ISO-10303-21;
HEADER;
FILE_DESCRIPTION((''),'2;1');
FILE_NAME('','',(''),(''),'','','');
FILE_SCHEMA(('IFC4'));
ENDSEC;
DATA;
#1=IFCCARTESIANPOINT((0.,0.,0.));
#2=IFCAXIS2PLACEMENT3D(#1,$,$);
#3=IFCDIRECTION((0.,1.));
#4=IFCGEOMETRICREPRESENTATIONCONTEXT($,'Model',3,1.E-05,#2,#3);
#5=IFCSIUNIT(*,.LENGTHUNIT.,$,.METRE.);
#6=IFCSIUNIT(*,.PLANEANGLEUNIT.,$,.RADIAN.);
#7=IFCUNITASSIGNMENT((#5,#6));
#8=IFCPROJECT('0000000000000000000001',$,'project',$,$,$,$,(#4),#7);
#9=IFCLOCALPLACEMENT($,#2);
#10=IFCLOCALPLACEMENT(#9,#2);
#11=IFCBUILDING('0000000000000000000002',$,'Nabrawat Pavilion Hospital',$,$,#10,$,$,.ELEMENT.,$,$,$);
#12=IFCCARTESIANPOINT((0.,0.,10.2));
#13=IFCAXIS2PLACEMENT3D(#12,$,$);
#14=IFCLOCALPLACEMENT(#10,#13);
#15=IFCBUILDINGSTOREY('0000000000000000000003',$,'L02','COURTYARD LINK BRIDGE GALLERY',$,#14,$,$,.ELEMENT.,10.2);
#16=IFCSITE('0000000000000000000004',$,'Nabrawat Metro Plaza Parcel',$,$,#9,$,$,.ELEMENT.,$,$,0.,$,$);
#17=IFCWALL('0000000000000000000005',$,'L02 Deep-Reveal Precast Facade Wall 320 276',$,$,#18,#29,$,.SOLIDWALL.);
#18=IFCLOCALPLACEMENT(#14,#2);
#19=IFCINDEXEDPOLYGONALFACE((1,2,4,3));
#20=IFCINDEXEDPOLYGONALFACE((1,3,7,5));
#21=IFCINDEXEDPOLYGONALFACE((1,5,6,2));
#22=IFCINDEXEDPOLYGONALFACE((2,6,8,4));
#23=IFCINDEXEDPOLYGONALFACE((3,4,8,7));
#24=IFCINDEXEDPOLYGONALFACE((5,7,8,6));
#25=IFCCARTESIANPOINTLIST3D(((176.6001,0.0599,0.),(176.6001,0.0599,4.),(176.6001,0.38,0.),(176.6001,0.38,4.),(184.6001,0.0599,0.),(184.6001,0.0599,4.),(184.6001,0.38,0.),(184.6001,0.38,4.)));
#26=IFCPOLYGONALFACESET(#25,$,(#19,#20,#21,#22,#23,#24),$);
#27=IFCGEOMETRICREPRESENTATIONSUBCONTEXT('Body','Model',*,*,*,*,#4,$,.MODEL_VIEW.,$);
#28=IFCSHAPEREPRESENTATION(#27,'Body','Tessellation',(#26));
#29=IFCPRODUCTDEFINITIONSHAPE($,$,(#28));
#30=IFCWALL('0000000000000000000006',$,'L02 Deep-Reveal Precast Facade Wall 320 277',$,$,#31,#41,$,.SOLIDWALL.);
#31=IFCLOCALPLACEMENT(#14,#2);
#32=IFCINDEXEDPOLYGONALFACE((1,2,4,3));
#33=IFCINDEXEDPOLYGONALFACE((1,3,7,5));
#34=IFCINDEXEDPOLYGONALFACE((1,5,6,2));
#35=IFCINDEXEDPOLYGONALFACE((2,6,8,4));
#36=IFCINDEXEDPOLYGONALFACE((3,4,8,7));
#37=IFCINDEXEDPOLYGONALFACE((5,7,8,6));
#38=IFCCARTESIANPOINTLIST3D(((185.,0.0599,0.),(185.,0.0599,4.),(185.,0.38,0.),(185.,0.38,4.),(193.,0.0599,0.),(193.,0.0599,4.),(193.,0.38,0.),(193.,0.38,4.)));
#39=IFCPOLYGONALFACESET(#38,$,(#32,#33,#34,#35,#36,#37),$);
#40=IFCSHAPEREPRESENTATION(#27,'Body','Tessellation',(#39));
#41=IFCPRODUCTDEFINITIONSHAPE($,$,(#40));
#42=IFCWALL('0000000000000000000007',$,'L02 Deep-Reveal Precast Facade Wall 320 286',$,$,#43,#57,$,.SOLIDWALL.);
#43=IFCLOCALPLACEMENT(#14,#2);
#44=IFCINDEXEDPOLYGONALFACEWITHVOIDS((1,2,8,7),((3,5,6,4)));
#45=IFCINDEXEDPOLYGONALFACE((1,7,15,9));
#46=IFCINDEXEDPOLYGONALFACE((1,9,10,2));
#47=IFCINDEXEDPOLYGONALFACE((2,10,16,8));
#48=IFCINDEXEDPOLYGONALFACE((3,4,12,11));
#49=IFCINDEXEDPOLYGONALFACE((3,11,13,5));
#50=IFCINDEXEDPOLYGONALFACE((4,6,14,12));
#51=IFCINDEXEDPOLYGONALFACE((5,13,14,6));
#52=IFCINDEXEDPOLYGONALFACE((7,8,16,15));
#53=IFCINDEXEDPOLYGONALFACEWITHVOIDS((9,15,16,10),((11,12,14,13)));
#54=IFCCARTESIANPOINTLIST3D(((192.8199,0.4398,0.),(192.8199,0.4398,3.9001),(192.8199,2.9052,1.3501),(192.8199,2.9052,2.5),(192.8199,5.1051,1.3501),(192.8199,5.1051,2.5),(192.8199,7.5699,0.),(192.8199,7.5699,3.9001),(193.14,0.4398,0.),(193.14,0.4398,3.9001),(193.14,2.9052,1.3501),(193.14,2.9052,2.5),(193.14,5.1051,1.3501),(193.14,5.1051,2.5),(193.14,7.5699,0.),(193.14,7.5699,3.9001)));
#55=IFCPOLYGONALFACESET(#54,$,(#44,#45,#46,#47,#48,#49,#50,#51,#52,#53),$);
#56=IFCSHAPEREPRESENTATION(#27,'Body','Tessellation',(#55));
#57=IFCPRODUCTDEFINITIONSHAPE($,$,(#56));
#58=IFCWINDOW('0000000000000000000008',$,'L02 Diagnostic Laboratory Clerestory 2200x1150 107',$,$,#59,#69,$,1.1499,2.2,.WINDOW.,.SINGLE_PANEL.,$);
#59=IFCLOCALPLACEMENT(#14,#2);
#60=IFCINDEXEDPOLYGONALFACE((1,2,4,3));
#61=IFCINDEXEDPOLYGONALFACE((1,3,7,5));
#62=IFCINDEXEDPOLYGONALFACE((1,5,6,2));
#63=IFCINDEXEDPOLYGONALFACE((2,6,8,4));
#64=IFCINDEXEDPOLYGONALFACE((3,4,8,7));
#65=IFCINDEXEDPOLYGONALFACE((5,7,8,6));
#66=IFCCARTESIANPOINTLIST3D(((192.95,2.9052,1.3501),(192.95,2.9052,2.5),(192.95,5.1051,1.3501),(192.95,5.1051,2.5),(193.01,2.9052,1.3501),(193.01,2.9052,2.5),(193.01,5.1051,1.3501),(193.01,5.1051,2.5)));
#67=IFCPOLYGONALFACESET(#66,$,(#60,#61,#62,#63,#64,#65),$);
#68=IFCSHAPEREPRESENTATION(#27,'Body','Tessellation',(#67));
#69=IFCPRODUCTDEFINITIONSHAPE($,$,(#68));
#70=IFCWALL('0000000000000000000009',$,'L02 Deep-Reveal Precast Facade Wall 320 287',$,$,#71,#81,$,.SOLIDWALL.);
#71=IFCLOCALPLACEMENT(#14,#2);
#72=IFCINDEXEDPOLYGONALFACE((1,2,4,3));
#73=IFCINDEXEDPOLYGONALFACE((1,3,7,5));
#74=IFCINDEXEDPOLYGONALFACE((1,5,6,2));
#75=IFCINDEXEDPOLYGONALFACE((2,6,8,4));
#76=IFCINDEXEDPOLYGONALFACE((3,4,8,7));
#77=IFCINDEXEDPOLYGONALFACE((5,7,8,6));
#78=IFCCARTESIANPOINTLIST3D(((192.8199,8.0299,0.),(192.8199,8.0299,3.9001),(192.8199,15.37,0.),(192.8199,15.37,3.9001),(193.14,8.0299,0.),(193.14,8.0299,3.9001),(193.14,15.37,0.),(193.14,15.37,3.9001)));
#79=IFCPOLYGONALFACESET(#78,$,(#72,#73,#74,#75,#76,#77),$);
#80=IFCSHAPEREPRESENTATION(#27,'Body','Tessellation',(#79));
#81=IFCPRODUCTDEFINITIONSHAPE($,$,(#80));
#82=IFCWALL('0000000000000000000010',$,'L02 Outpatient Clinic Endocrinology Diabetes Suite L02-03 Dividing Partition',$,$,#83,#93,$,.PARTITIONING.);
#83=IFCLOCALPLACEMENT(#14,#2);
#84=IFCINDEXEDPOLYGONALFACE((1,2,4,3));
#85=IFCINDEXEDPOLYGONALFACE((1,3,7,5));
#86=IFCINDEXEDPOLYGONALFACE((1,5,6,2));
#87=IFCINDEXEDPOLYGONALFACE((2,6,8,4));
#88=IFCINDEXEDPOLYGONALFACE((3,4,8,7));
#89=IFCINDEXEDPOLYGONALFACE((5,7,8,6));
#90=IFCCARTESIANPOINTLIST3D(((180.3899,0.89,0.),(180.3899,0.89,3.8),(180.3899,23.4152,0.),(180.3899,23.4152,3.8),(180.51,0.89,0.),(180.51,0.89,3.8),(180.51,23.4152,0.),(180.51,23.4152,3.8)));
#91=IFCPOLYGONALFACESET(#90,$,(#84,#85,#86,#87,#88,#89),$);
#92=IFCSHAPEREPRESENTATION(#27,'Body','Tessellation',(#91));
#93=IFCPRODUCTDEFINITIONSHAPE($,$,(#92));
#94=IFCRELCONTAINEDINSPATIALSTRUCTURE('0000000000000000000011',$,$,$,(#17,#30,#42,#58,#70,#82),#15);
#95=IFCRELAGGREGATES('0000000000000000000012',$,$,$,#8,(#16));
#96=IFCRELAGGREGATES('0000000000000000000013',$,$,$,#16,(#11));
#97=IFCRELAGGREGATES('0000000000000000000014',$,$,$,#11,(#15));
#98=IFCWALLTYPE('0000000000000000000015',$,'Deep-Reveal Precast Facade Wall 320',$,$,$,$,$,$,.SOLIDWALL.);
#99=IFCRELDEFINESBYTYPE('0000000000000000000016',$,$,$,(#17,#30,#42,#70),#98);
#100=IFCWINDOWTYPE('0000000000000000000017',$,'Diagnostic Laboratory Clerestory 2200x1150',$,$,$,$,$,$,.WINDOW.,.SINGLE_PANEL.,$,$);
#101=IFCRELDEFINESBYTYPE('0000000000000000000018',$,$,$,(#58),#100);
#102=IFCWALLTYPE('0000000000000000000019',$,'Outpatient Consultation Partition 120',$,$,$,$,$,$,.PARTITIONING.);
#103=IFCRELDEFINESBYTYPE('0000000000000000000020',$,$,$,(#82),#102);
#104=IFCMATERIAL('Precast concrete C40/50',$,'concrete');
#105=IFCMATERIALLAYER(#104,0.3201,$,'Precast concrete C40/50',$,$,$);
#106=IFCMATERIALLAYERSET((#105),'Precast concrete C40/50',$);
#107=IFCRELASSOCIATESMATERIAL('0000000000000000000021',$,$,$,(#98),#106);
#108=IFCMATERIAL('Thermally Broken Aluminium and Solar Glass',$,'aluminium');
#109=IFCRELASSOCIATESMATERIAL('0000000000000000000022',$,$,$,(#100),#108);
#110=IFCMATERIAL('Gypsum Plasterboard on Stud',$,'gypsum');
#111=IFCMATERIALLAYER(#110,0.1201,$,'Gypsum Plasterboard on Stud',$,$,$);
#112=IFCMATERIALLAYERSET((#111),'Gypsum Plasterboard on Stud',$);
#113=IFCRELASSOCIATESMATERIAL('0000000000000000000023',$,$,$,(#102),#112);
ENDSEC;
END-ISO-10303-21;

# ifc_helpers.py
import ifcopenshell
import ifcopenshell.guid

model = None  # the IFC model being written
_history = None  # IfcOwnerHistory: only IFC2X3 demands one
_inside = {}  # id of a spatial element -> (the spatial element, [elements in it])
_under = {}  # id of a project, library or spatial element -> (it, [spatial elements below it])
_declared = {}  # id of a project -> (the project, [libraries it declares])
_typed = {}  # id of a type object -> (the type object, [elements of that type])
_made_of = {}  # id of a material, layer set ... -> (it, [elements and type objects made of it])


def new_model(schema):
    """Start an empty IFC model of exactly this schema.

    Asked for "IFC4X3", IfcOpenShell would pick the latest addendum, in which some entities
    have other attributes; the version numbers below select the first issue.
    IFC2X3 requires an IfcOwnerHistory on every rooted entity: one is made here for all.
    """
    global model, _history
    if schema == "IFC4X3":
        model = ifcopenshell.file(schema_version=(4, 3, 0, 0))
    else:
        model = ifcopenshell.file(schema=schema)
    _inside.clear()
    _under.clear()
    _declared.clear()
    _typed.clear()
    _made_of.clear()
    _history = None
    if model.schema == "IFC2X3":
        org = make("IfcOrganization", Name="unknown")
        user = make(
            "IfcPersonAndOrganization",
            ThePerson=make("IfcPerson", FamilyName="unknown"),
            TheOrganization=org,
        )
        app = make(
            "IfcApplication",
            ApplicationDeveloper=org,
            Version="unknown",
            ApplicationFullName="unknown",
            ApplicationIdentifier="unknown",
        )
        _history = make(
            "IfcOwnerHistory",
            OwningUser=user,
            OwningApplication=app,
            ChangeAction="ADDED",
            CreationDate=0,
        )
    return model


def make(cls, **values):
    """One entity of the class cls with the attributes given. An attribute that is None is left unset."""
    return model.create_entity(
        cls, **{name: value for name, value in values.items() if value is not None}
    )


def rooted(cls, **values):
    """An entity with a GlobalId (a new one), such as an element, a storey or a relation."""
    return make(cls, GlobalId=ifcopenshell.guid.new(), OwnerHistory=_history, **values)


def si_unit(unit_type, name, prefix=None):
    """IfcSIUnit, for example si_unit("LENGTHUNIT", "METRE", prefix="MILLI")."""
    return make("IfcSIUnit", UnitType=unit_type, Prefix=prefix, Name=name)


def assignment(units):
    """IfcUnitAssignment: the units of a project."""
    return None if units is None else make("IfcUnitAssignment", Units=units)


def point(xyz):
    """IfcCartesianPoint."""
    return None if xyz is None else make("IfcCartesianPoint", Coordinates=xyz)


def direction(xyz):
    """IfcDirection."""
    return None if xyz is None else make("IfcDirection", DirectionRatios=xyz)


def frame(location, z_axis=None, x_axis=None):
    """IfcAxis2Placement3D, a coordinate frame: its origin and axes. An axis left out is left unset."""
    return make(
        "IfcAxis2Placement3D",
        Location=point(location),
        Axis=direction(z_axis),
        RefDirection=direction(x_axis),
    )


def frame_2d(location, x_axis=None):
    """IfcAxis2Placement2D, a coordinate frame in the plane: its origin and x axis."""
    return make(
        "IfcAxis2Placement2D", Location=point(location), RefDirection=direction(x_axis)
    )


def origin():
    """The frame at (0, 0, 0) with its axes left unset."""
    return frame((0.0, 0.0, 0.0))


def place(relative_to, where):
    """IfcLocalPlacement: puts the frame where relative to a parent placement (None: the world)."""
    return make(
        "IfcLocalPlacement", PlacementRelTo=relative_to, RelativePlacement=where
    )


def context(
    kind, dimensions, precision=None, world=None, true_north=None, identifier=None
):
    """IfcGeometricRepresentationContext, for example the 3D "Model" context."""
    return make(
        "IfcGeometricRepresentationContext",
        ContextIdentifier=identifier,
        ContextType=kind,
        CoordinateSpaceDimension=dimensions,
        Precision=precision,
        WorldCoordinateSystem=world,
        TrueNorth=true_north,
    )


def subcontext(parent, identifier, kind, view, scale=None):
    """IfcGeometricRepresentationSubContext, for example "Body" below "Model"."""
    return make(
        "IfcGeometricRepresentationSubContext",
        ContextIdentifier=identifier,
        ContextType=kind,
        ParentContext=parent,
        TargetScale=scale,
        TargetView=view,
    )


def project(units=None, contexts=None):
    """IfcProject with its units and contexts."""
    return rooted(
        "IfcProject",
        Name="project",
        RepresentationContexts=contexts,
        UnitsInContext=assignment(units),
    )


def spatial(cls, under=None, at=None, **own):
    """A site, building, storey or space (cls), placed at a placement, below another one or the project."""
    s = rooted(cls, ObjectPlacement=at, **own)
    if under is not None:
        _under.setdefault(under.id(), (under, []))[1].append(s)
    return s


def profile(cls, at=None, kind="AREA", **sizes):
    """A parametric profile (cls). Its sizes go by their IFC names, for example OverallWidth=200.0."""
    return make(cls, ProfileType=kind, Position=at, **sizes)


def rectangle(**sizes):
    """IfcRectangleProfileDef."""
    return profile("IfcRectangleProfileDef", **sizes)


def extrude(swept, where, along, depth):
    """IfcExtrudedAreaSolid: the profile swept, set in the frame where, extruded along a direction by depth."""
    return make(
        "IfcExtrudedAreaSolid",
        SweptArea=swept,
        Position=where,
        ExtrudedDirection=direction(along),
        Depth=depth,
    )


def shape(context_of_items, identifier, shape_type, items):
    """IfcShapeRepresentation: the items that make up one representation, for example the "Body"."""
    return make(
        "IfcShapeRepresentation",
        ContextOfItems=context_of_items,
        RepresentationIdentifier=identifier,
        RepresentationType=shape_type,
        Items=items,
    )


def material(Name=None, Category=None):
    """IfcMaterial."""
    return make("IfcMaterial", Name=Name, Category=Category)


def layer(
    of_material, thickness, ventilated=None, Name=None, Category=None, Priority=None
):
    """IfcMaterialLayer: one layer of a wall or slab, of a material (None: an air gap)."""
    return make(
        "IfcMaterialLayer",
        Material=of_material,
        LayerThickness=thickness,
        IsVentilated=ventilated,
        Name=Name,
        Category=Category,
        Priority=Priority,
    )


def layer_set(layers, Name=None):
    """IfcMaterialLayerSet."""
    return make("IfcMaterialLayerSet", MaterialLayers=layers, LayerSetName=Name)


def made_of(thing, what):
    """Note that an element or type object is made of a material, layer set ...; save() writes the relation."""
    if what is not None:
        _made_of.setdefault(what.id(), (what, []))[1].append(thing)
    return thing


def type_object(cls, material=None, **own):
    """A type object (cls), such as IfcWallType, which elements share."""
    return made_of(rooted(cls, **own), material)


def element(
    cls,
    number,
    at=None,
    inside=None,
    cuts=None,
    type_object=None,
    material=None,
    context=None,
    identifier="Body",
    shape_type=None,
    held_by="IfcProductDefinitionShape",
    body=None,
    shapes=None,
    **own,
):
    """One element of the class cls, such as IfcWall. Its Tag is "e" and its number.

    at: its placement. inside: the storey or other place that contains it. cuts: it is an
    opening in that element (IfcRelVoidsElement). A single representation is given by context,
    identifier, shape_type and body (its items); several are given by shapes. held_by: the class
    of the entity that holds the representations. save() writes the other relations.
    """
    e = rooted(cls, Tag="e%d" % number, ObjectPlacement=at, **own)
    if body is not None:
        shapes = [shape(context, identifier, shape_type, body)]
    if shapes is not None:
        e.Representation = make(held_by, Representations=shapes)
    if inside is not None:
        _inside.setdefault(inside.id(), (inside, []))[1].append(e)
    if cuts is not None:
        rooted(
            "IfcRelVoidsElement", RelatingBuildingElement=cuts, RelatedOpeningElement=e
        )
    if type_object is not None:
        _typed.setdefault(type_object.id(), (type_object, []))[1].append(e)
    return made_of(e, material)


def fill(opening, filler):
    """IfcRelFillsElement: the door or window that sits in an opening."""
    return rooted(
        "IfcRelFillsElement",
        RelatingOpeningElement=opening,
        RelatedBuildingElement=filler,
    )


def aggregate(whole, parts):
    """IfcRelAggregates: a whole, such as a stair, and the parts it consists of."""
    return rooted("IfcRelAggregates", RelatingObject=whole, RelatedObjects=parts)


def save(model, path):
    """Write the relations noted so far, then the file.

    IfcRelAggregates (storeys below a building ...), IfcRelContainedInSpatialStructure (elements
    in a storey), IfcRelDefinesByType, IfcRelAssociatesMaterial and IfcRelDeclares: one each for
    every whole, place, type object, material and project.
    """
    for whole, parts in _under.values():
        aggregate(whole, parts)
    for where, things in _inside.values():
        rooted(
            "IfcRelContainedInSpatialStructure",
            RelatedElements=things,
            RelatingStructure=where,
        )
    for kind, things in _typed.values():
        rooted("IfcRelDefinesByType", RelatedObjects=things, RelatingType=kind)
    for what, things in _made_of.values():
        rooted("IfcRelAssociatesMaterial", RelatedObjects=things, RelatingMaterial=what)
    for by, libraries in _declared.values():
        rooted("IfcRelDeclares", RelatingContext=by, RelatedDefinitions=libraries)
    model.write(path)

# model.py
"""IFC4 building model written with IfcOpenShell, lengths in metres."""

from ifc_helpers import new_model, si_unit, direction, frame, frame_2d, origin, place, context, subcontext, project, spatial, rectangle, extrude, material, layer, layer_set, type_object, element, fill, save


model = new_model("IFC4")

# Units and contexts
model_context = context("Model", 3, precision=1e-05, world=origin(), true_north=direction((0.0, 1.0)))
body_context = subcontext(model_context, "Body", "Model", "MODEL_VIEW")
ifc_project = project(units=[si_unit("LENGTHUNIT", "METRE"), si_unit("PLANEANGLEUNIT", "RADIAN")], contexts=[model_context])

# Site, building, storey
site_placement = place(None, origin())
site = spatial("IfcSite", under=ifc_project, at=site_placement, Name="Nabrawat Metro Plaza Parcel", CompositionType="ELEMENT", RefElevation=0.0)
building_placement = place(site_placement, origin())
building = spatial("IfcBuilding", under=site, at=building_placement, Name="Nabrawat Pavilion Hospital", CompositionType="ELEMENT")
storey_placement = place(building_placement, frame((0.0, 0.0, 10.2)))
storey = spatial("IfcBuildingStorey", under=building, at=storey_placement, Name="L02", Description="COURTYARD LINK BRIDGE GALLERY", CompositionType="ELEMENT", Elevation=10.2)

# Walls
ifc_material_1 = material(Name="Precast concrete C40/50", Category="concrete")
ifc_layer_1 = layer(ifc_material_1, 0.3201, Name="Precast concrete C40/50")
ifc_layer_set_1 = layer_set([ifc_layer_1], Name="Precast concrete C40/50")
wall_type_1 = type_object("IfcWallType", Name="Deep-Reveal Precast Facade Wall 320", PredefinedType="SOLIDWALL", material=ifc_layer_set_1)
for number, where, z_axis, x_axis, name in (
    (1, (176.6001, 0.22, 0.0), (0.0, 0.0, 1.0), (1.0, 0.0, 0.0), "L02 Deep-Reveal Precast Facade Wall 320 276"),
    (2, (185.0, 0.22, 0.0), (0.0, 0.0, 1.0), (1.0, 0.0, 0.0), "L02 Deep-Reveal Precast Facade Wall 320 277"),
):
    element("IfcWall", number, at=place(storey_placement, frame(where, z_axis=z_axis, x_axis=x_axis)), inside=storey, type_object=wall_type_1, Name=name, PredefinedType="SOLIDWALL", context=body_context, shape_type="SweptSolid", body=[
        extrude(rectangle(XDim=8.0, YDim=0.3201, at=frame_2d((4.0, 0.0))), origin(), (0.0, 0.0, 1.0), 4.0),
    ])

# Wall, opening, window
wall_1_placement = place(storey_placement, frame((192.98, 0.4399, 0.0), z_axis=(0.0, 0.0, 1.0), x_axis=(0.0, 1.0, 0.0)))
wall_1 = element("IfcWall", 3, at=wall_1_placement, inside=storey, type_object=wall_type_1, Name="L02 Deep-Reveal Precast Facade Wall 320 286", PredefinedType="SOLIDWALL", context=body_context, shape_type="SweptSolid", body=[
    extrude(rectangle(XDim=7.1301, YDim=0.3201, at=frame_2d((3.5649, 0.0))), origin(), (0.0, 0.0, 1.0), 3.9001),
])
opening_placement = place(wall_1_placement, frame((2.4651, 0.0, 1.3501)))
opening = element("IfcOpeningElement", 4, at=opening_placement, cuts=wall_1, PredefinedType="OPENING", context=body_context, shape_type="SweptSolid", body=[
    extrude(rectangle(XDim=2.2, YDim=1.1499, at=frame_2d((1.1001, 0.575))), frame((0.0, 0.1699, 0.0), z_axis=(0.0, -1.0, 0.0), x_axis=(1.0, 0.0, 0.0)), (0.0, 0.0, 1.0), 0.3401),
])
ifc_material_2 = material(Name="Thermally Broken Aluminium and Solar Glass", Category="aluminium")
window_type = type_object("IfcWindowType", Name="Diagnostic Laboratory Clerestory 2200x1150", PartitioningType="SINGLE_PANEL", PredefinedType="WINDOW", material=ifc_material_2)
window_placement = place(opening_placement, origin())
window = element("IfcWindow", 5, at=window_placement, inside=storey, type_object=window_type, Name="L02 Diagnostic Laboratory Clerestory 2200x1150 107", OverallHeight=1.1499, OverallWidth=2.2, PartitioningType="SINGLE_PANEL", PredefinedType="WINDOW", context=body_context, shape_type="SweptSolid", body=[
    extrude(rectangle(XDim=2.2, YDim=1.1499, at=frame_2d((1.1001, 0.575))), frame((0.0, 0.03, 0.0), z_axis=(0.0, -1.0, 0.0), x_axis=(1.0, 0.0, 0.0)), (0.0, 0.0, 1.0), 0.0601),
])
fill(opening, window)

# Walls
wall_2_placement = place(storey_placement, frame((192.98, 8.03, 0.0), z_axis=(0.0, 0.0, 1.0), x_axis=(0.0, 1.0, 0.0)))
element("IfcWall", 6, at=wall_2_placement, inside=storey, type_object=wall_type_1, Name="L02 Deep-Reveal Precast Facade Wall 320 287", PredefinedType="SOLIDWALL", context=body_context, shape_type="SweptSolid", body=[
    extrude(rectangle(XDim=7.3401, YDim=0.3201, at=frame_2d((3.6699, 0.0))), origin(), (0.0, 0.0, 1.0), 3.9001),
])
ifc_material_3 = material(Name="Gypsum Plasterboard on Stud", Category="gypsum")
ifc_layer_2 = layer(ifc_material_3, 0.1201, Name="Gypsum Plasterboard on Stud")
ifc_layer_set_2 = layer_set([ifc_layer_2], Name="Gypsum Plasterboard on Stud")
wall_type_2 = type_object("IfcWallType", Name="Outpatient Consultation Partition 120", PredefinedType="PARTITIONING", material=ifc_layer_set_2)
wall_3_placement = place(storey_placement, frame((180.45, 0.8899, 0.0), z_axis=(0.0, 0.0, 1.0), x_axis=(0.0, 1.0, 0.0)))
element("IfcWall", 7, at=wall_3_placement, inside=storey, type_object=wall_type_2, Name="L02 Outpatient Clinic Endocrinology Diabetes Suite L02-03 Dividing Partition", PredefinedType="PARTITIONING", context=body_context, shape_type="SweptSolid", body=[
    extrude(rectangle(XDim=22.5251, YDim=0.1201, at=frame_2d((11.2627, 0.0))), origin(), (0.0, 0.0, 1.0), 3.8),
])

save(model, "model.ifc")
